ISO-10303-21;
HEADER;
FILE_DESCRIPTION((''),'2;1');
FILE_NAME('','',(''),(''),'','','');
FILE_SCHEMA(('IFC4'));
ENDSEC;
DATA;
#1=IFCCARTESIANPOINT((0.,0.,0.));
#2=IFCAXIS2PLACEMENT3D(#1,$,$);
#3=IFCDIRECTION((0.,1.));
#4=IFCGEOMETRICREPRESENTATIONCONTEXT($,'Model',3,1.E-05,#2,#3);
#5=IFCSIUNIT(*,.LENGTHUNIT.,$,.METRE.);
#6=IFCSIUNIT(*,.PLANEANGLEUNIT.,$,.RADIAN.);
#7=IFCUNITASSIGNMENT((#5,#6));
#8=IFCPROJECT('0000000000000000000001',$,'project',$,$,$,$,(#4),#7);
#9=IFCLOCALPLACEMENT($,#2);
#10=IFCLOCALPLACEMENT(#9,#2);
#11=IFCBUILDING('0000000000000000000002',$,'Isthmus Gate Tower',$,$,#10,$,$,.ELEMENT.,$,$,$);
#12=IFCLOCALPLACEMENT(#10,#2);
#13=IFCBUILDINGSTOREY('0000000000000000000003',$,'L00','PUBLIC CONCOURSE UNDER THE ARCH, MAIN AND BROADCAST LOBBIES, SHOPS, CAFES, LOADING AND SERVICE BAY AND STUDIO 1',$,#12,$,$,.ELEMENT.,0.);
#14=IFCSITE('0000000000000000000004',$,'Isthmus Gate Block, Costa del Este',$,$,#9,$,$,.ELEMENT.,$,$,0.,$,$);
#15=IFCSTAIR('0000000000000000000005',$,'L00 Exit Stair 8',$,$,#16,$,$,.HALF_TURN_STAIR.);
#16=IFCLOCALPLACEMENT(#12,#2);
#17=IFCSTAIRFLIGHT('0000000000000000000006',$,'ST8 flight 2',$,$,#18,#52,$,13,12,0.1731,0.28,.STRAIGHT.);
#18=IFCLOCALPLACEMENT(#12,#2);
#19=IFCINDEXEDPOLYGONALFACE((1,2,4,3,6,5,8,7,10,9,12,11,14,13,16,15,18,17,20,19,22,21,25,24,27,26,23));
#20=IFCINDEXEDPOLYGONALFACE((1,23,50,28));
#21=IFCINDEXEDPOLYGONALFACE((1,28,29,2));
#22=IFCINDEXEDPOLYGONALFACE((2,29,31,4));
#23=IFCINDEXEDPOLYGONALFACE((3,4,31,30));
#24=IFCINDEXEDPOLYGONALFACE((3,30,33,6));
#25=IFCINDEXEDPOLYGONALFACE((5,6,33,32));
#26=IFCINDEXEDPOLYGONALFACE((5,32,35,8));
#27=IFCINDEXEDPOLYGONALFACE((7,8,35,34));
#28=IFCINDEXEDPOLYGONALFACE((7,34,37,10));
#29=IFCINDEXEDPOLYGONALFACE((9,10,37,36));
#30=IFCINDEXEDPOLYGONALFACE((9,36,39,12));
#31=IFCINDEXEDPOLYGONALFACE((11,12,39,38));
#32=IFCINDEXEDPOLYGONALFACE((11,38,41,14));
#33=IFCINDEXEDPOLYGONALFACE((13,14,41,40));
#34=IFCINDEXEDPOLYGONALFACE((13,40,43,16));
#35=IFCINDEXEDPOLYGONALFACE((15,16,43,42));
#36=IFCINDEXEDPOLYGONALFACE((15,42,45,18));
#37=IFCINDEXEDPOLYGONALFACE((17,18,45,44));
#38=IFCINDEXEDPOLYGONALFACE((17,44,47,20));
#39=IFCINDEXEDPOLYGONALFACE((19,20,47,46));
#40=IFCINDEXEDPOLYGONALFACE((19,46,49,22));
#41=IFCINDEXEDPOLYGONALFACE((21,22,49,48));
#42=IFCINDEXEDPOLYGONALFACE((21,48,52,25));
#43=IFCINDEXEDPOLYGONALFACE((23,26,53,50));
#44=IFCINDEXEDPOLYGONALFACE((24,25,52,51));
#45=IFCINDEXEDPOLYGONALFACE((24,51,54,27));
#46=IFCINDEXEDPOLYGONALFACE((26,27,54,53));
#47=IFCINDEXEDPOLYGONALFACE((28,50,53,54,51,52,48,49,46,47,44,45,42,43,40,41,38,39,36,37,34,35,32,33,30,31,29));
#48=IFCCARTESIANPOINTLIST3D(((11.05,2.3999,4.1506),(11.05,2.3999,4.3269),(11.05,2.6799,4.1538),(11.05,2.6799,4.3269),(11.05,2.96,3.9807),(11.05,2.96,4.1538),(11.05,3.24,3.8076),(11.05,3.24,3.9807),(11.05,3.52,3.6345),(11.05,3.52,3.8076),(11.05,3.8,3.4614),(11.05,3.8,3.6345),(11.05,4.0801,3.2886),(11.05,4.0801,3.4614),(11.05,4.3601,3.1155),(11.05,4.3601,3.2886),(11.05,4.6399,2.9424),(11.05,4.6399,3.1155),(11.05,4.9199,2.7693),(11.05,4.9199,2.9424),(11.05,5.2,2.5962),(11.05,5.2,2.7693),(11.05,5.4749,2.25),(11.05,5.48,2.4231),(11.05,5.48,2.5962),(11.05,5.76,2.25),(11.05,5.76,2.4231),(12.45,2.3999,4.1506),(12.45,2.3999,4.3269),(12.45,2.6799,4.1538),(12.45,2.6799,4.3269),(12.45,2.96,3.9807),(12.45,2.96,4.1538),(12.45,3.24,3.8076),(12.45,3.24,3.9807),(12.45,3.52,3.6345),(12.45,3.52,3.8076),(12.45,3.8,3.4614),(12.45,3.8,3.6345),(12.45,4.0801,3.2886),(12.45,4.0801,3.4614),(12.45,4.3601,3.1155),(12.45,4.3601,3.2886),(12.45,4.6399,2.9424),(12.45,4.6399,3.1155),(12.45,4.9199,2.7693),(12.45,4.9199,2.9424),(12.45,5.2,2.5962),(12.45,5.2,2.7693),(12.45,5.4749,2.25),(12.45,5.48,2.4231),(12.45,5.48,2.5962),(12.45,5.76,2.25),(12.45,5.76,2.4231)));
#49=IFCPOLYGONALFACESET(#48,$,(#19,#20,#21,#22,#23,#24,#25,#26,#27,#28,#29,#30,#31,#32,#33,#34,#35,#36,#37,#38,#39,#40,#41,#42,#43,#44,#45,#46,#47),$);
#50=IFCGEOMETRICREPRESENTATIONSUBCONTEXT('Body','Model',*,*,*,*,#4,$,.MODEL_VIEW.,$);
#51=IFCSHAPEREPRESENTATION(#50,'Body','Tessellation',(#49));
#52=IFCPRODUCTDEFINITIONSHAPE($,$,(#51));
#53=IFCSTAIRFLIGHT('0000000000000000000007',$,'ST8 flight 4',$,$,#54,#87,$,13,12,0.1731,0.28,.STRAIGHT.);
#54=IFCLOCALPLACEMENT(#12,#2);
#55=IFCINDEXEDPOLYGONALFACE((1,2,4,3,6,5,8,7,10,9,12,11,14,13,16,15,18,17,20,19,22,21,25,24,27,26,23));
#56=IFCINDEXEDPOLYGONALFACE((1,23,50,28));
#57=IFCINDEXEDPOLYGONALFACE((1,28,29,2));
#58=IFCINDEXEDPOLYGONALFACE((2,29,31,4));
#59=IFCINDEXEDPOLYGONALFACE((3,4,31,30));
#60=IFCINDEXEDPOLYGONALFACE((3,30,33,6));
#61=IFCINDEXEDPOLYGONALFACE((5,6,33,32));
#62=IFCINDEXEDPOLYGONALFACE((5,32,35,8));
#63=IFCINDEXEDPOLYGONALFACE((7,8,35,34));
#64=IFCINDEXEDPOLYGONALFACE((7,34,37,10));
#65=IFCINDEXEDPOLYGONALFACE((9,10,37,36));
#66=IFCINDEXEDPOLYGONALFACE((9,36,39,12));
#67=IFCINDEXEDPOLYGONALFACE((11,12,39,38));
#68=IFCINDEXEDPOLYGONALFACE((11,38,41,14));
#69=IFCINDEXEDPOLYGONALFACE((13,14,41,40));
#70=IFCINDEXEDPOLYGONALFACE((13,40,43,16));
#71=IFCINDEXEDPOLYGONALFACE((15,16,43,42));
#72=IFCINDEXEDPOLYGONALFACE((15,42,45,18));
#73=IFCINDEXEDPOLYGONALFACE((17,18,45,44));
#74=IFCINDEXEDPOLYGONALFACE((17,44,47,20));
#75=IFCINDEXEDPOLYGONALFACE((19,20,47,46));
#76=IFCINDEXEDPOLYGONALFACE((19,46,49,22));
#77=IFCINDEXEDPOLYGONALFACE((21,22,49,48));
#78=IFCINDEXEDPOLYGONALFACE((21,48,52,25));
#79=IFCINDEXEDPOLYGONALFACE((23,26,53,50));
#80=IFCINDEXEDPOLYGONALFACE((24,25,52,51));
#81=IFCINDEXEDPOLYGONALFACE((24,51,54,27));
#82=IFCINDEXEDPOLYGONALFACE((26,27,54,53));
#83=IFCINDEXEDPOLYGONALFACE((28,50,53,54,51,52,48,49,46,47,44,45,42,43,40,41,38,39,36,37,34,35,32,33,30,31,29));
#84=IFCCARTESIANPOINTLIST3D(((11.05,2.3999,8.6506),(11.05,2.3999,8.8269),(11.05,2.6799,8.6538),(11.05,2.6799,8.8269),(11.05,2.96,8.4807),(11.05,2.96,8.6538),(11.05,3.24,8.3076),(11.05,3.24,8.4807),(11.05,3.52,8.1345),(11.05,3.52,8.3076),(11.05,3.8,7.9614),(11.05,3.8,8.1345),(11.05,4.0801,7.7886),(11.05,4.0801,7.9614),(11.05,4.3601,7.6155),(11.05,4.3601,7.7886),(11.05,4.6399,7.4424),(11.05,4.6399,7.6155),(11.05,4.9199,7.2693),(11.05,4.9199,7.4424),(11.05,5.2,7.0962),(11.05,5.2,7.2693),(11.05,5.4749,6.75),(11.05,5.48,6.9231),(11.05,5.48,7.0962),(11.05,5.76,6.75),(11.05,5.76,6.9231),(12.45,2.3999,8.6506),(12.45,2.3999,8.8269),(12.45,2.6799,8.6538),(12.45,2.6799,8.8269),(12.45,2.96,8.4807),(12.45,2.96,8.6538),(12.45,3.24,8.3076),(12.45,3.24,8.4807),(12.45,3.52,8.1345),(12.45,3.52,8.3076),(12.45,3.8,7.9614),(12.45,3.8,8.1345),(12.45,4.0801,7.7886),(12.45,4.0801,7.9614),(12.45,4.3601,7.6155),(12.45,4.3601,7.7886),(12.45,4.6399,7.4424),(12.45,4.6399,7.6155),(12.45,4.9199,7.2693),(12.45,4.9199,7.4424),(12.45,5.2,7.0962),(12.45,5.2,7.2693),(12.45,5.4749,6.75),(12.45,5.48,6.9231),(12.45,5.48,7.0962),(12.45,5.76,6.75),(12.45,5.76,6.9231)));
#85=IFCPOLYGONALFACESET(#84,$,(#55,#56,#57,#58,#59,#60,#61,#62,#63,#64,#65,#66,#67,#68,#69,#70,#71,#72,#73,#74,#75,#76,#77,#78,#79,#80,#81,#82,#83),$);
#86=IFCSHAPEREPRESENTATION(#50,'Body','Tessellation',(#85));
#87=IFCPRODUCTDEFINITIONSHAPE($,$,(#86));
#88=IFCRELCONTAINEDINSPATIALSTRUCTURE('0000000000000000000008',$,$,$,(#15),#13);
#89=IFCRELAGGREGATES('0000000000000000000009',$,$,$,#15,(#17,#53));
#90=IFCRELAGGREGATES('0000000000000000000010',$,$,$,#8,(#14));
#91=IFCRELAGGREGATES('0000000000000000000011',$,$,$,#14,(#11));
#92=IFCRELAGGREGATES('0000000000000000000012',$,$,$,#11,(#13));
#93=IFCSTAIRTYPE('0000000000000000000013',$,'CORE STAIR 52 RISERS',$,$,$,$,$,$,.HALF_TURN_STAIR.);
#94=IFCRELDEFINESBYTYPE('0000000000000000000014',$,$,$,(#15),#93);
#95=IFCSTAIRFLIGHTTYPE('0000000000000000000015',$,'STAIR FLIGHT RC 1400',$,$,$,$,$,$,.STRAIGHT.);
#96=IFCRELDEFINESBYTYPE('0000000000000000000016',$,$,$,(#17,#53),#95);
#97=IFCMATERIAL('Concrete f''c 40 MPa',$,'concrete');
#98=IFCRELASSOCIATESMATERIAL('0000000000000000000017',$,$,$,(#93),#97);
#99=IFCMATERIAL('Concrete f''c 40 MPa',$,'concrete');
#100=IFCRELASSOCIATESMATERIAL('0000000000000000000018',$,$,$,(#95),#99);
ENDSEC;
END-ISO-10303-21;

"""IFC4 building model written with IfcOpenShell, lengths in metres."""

from ifc_helpers import new_model, si_unit, direction, frame, origin, place, context, subcontext, project, spatial, polyline, outline, extrude, material, type_object, element, aggregate, save


model = new_model("IFC4")

# Units and contexts
model_context = context("Model", 3, precision=1e-05, world=origin(), true_north=direction((0.0, 1.0)))
body_context = subcontext(model_context, "Body", "Model", "MODEL_VIEW")
ifc_project = project(units=[si_unit("LENGTHUNIT", "METRE"), si_unit("PLANEANGLEUNIT", "RADIAN")], contexts=[model_context])

# Site, building, storey
site_placement = place(None, origin())
site = spatial("IfcSite", under=ifc_project, at=site_placement, Name="Isthmus Gate Block, Costa del Este", CompositionType="ELEMENT", RefElevation=0.0)
building_placement = place(site_placement, origin())
building = spatial("IfcBuilding", under=site, at=building_placement, Name="Isthmus Gate Tower", CompositionType="ELEMENT")
storey_placement = place(building_placement, origin())
storey = spatial("IfcBuildingStorey", under=building, at=storey_placement, Name="L00", Description="PUBLIC CONCOURSE UNDER THE ARCH, MAIN AND BROADCAST LOBBIES, SHOPS, CAFES, LOADING AND SERVICE BAY AND STUDIO 1", CompositionType="ELEMENT", Elevation=0.0)

# Stair, stair flights
ifc_material_1 = material(Name="Concrete f'c 40 MPa", Category="concrete")
stair_type = type_object("IfcStairType", Name="CORE STAIR 52 RISERS", PredefinedType="HALF_TURN_STAIR", material=ifc_material_1)
ifc_material_2 = material(Name="Concrete f'c 40 MPa", Category="concrete")
stair_flight_type = type_object("IfcStairFlightType", Name="STAIR FLIGHT RC 1400", PredefinedType="STRAIGHT", material=ifc_material_2)
stair_1_placement = place(storey_placement, origin())
stair_1 = element("IfcStair", 1, at=stair_1_placement, inside=storey, type_object=stair_type, Name="L00 Exit Stair 8", PredefinedType="HALF_TURN_STAIR")
stair_flight_1_placement = place(storey_placement, frame((11.75, 5.76, 2.25), z_axis=(0.0, 0.0, 1.0), x_axis=(0.0, -1.0, 0.0)))
stair_flight_1 = element("IfcStairFlight", 2, at=stair_flight_1_placement, type_object=stair_flight_type, Name="ST8 flight 2", NumberOfRisers=13, NumberOfTreads=12, PredefinedType="STRAIGHT", RiserHeight=0.1731, TreadLength=0.28, context=body_context, shape_type="SweptSolid", body=[
    extrude(outline(polyline([(0.0, 0.0), (0.0, 0.1731), (0.28, 0.1731), (0.28, 0.3462), (0.5601, 0.3462), (0.5601, 0.5193), (0.8401, 0.5193), (0.8401, 0.6924), (1.1201, 0.6924), (1.1201, 0.8655), (1.3999, 0.8655), (1.3999, 1.0386), (1.6799, 1.0386), (1.6799, 1.2114), (1.96, 1.2114), (1.96, 1.3845), (2.24, 1.3845), (2.24, 1.5576), (2.52, 1.5576), (2.52, 1.7307), (2.8, 1.7307), (2.8, 1.9038), (3.0801, 1.9038), (3.0801, 2.0769), (3.3601, 2.0769), (3.3601, 2.25), (3.3601, 1.9006), (0.2852, 0.0), (0.0, 0.0)])), frame((0.0, 0.7, 0.0), z_axis=(0.0, -1.0, 0.0), x_axis=(1.0, 0.0, 0.0)), (0.0, 0.0, 1.0), 1.3999),
])
stair_flight_2_placement = place(storey_placement, frame((11.75, 5.76, 6.75), z_axis=(0.0, 0.0, 1.0), x_axis=(0.0, -1.0, 0.0)))
stair_flight_2 = element("IfcStairFlight", 3, at=stair_flight_2_placement, type_object=stair_flight_type, Name="ST8 flight 4", NumberOfRisers=13, NumberOfTreads=12, PredefinedType="STRAIGHT", RiserHeight=0.1731, TreadLength=0.28, context=body_context, shape_type="SweptSolid", body=[
    extrude(outline(polyline([(0.0, 0.0), (0.0, 0.1731), (0.28, 0.1731), (0.28, 0.3462), (0.5601, 0.3462), (0.5601, 0.5193), (0.8401, 0.5193), (0.8401, 0.6924), (1.1201, 0.6924), (1.1201, 0.8655), (1.3999, 0.8655), (1.3999, 1.0386), (1.6799, 1.0386), (1.6799, 1.2114), (1.96, 1.2114), (1.96, 1.3845), (2.24, 1.3845), (2.24, 1.5576), (2.52, 1.5576), (2.52, 1.7307), (2.8, 1.7307), (2.8, 1.9038), (3.0801, 1.9038), (3.0801, 2.0769), (3.3601, 2.0769), (3.3601, 2.25), (3.3601, 1.9006), (0.2852, 0.0), (0.0, 0.0)])), frame((0.0, 0.7, 0.0), z_axis=(0.0, -1.0, 0.0), x_axis=(1.0, 0.0, 0.0)), (0.0, 0.0, 1.0), 1.3999),
])
aggregate(stair_1, [stair_flight_1, stair_flight_2])

save(model, "model.ifc")
